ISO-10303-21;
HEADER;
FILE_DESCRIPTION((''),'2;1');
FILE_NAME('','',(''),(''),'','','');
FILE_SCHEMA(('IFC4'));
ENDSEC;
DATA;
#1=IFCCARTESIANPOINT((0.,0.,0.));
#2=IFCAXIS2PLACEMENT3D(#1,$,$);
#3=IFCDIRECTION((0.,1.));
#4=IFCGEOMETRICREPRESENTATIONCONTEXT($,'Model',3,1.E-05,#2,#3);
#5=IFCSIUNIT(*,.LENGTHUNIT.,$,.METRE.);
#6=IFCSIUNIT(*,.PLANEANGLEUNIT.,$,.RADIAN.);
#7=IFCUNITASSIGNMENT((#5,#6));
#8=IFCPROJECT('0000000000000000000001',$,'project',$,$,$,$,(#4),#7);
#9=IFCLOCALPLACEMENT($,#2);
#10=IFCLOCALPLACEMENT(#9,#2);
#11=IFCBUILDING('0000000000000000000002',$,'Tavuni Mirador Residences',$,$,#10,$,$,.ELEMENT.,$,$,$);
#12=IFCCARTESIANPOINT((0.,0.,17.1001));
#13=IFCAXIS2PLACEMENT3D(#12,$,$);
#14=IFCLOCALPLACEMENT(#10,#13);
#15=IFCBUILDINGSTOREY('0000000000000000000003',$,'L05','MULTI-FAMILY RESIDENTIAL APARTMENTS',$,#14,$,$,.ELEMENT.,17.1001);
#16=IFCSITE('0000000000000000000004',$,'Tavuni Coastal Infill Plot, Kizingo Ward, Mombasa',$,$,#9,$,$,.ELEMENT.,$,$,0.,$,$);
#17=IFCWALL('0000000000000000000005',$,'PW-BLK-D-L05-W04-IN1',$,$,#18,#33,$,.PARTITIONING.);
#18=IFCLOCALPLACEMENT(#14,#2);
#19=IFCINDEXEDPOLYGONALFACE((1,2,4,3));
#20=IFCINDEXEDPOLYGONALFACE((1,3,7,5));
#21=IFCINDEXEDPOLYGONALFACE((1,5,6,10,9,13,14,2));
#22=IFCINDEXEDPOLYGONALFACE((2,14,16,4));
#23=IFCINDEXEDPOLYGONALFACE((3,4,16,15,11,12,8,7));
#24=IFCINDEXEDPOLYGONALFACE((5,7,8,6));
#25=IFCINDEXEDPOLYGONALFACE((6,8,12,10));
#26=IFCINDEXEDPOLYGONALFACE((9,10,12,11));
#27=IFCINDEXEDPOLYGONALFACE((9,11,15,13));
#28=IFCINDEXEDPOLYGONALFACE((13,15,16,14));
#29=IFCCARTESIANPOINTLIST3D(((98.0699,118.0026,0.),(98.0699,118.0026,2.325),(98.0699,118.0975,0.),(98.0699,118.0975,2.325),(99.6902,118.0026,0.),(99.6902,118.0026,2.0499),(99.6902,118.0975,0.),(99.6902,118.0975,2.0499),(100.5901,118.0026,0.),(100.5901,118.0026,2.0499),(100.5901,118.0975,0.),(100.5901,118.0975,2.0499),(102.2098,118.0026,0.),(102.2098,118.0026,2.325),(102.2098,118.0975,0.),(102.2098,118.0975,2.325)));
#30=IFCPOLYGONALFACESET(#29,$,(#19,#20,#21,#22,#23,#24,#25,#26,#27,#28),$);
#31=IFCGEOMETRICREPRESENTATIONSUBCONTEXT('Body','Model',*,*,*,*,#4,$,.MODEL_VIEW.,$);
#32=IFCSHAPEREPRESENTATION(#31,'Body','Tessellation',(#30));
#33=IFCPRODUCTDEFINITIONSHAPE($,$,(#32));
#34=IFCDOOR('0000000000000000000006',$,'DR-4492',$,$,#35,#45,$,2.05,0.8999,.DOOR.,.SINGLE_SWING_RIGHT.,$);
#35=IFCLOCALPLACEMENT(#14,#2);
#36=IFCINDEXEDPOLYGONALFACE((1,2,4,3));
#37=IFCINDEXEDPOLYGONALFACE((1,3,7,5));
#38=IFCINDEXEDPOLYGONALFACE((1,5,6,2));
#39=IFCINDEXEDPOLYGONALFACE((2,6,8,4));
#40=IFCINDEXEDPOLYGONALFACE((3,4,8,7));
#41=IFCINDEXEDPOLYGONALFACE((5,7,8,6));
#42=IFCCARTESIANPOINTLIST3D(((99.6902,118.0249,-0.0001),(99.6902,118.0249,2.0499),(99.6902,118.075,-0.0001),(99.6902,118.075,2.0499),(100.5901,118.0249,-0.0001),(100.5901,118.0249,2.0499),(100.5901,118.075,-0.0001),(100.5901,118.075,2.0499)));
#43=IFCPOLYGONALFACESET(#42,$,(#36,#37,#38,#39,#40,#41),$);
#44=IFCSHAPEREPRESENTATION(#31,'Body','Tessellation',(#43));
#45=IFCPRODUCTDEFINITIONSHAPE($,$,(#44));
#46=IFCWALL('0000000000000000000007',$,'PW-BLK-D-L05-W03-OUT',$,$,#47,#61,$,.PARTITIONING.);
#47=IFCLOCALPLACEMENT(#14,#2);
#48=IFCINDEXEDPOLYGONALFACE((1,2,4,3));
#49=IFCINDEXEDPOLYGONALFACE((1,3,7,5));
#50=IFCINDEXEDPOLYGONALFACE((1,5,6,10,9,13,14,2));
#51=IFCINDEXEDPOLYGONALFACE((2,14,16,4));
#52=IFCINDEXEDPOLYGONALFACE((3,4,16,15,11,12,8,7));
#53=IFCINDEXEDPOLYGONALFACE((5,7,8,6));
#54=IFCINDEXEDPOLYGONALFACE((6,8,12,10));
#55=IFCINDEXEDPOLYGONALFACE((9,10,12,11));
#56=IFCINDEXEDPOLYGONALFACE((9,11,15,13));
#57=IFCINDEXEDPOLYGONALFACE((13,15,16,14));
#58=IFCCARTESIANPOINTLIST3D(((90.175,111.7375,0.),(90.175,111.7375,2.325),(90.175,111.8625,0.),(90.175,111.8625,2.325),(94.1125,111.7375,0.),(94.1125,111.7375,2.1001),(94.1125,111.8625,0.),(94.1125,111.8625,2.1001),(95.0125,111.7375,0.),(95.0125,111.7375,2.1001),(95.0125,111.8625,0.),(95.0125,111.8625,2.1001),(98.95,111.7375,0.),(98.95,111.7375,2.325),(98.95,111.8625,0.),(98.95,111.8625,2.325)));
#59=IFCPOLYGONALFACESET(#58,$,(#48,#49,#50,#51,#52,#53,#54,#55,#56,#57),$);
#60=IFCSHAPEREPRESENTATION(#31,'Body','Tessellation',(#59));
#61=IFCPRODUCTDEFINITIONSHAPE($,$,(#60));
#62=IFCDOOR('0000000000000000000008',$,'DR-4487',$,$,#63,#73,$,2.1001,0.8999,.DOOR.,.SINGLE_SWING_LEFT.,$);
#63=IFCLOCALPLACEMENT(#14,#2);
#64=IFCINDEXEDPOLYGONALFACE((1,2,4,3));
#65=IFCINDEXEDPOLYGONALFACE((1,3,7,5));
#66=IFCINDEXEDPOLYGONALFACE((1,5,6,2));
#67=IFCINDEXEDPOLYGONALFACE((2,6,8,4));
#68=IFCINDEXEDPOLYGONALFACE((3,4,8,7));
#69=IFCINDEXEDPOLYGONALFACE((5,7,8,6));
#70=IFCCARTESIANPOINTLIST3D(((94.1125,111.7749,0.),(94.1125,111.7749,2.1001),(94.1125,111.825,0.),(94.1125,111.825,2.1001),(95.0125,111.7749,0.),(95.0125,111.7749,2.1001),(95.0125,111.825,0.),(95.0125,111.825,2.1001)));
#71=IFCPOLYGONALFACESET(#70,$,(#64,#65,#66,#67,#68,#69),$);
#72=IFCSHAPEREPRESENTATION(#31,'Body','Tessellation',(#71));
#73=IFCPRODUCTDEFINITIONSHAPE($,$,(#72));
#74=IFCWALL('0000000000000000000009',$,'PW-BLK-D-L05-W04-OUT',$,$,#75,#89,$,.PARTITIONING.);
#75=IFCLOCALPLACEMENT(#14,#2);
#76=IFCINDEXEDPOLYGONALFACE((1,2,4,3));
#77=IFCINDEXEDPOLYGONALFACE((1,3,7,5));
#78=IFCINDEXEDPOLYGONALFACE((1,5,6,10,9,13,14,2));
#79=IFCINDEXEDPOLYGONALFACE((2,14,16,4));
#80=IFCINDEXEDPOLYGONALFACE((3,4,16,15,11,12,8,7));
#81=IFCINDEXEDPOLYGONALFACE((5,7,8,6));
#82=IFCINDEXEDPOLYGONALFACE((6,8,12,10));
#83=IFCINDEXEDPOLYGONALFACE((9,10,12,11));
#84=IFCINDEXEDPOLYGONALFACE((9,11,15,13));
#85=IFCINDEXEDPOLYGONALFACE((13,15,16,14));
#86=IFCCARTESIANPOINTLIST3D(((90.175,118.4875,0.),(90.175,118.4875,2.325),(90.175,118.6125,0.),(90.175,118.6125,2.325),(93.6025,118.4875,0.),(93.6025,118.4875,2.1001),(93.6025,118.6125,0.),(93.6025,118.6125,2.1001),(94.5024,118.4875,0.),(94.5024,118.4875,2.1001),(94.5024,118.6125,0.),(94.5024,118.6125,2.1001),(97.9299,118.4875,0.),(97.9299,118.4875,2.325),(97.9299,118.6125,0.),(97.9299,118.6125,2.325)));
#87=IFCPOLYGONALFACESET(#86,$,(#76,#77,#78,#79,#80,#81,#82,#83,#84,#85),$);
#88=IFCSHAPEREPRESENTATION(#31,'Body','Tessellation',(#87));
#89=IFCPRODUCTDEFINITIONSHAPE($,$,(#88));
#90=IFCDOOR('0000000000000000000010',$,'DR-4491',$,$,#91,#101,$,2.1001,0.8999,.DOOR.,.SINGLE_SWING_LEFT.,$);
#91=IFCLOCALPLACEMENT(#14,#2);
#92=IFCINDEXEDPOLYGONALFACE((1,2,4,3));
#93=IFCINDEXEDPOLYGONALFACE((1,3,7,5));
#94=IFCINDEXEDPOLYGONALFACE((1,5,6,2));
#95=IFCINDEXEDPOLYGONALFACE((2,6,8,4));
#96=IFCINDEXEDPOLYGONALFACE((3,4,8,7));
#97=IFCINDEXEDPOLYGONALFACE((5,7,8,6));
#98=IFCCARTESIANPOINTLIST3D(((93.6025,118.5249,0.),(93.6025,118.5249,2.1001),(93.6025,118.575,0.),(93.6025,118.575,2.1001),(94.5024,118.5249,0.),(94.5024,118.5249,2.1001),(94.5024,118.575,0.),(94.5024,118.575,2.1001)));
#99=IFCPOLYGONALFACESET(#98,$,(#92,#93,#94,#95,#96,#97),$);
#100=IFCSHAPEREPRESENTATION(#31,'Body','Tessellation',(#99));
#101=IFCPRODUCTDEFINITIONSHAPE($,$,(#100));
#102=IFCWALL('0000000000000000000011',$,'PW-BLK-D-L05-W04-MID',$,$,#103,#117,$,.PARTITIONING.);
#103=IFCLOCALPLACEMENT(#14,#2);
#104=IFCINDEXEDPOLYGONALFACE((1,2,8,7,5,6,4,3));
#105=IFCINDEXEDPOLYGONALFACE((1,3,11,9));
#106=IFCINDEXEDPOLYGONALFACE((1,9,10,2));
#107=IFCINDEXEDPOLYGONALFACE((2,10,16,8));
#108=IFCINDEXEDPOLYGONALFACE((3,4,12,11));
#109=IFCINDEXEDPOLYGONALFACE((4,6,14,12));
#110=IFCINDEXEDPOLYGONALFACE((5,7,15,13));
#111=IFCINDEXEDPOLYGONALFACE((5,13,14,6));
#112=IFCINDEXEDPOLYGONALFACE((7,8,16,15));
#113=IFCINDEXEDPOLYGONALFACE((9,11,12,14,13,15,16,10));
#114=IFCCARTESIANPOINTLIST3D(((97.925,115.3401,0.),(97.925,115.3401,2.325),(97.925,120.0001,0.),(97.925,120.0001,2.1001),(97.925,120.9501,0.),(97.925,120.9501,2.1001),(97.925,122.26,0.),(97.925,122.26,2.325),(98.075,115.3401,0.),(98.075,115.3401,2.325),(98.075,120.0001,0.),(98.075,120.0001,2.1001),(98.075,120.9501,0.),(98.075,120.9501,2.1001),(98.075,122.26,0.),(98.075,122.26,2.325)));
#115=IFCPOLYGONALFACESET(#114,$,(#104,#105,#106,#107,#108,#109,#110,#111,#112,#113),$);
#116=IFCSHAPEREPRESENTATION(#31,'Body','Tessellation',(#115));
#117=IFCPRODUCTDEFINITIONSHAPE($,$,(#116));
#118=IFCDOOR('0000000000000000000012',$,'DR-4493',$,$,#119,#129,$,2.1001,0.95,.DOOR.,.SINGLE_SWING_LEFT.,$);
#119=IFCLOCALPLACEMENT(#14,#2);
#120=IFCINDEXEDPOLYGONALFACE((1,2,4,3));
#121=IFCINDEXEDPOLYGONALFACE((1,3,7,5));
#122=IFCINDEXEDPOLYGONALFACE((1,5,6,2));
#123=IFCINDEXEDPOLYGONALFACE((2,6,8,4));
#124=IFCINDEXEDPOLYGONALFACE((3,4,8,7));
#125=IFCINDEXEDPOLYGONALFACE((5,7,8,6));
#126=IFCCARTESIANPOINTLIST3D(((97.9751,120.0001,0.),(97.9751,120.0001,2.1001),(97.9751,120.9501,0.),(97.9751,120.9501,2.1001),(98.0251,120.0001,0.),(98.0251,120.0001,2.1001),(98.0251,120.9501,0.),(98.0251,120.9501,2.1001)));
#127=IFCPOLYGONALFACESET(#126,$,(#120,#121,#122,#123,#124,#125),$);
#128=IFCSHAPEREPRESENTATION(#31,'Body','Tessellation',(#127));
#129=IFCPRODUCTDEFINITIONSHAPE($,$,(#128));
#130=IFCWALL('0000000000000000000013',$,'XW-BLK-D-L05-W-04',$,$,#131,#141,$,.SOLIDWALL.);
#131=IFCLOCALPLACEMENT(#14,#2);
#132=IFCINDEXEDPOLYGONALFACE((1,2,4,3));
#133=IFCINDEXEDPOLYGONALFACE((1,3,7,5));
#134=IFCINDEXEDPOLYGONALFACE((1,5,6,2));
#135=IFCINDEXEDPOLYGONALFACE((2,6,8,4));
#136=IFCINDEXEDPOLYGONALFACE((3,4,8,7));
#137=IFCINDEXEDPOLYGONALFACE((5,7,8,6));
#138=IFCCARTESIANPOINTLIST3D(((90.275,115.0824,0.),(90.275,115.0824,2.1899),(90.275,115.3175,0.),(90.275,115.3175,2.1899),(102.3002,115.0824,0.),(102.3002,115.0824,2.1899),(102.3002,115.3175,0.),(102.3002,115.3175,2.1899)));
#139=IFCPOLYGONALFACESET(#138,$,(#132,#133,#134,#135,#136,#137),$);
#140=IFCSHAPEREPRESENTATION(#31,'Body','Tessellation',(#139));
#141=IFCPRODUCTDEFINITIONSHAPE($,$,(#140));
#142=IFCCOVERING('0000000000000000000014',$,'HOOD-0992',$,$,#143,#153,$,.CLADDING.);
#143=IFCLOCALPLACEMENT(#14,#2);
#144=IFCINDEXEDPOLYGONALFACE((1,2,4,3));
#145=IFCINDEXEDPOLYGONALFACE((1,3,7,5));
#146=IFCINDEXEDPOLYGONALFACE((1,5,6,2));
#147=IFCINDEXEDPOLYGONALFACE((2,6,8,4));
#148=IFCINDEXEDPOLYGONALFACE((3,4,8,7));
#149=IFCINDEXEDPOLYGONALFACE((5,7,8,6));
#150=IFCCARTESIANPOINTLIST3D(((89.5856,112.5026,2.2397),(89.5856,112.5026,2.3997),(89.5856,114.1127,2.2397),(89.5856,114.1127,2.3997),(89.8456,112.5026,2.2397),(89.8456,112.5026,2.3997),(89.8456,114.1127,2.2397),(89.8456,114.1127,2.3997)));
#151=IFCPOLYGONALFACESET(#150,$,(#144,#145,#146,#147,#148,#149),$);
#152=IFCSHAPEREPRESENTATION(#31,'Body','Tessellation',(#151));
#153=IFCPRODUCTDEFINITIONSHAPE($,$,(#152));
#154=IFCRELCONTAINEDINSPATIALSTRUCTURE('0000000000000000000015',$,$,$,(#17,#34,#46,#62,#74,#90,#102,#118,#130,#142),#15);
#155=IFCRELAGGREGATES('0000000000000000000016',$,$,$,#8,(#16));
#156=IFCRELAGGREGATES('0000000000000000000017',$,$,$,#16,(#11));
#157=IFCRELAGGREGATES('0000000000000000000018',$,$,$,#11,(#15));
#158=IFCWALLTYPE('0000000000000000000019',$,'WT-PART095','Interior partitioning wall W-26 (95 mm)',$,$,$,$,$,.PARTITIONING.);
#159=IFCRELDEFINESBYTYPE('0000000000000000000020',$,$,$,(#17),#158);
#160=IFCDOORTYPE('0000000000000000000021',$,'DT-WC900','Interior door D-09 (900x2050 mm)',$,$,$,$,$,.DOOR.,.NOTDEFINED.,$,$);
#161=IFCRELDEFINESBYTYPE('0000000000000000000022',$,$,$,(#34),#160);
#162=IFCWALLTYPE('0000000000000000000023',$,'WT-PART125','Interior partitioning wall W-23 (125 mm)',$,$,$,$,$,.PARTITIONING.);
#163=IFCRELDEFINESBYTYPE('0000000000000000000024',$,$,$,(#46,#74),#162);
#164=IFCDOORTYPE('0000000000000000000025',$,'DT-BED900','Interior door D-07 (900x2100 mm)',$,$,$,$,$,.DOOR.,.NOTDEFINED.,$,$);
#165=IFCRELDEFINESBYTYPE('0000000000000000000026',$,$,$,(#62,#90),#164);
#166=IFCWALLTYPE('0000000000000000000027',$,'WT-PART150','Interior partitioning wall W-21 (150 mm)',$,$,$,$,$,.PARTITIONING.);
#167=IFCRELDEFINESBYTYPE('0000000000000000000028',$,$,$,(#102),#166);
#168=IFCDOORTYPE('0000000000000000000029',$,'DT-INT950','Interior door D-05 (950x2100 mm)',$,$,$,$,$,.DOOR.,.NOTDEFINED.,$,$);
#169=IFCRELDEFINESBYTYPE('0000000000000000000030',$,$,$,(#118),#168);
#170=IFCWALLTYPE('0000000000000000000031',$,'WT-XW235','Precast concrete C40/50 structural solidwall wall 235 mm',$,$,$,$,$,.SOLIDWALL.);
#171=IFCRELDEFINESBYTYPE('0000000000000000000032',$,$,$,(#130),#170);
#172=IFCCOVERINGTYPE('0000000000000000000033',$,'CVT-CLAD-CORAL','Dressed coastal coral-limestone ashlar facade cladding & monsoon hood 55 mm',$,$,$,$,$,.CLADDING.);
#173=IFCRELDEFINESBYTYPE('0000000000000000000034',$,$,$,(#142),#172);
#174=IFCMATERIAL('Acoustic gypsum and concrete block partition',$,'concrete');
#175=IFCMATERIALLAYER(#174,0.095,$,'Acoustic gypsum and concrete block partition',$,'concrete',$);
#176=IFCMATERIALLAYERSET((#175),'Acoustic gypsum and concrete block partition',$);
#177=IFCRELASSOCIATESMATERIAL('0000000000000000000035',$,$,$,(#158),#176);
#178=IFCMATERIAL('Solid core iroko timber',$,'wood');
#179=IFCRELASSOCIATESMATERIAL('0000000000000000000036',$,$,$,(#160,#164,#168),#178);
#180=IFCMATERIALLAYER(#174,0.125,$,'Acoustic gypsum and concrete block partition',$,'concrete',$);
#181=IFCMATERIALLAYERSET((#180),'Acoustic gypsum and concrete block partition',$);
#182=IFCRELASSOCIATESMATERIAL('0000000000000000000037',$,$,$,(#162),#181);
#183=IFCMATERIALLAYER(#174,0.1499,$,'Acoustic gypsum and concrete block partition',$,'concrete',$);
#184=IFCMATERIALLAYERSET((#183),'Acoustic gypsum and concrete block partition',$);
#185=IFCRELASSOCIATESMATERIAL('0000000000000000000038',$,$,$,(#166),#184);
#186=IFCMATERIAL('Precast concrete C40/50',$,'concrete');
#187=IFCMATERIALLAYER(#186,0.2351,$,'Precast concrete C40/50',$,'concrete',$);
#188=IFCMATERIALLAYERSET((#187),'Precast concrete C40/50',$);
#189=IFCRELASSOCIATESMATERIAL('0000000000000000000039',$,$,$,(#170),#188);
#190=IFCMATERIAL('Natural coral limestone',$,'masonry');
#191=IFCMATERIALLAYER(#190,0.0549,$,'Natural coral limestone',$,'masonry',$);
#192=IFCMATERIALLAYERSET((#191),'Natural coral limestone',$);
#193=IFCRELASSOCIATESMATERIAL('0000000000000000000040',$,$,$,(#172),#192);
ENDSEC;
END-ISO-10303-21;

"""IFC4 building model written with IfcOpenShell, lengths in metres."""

from ifc_helpers import new_model, si_unit, direction, frame, frame_2d, origin, origin_2d, place, context, subcontext, project, spatial, rectangle, extrude, material, layer, layer_set, type_object, element, fill, save


model = new_model("IFC4")

# Units and contexts
model_context = context("Model", 3, precision=1e-05, world=origin(), true_north=direction((0.0, 1.0)))
body_context = subcontext(model_context, "Body", "Model", "MODEL_VIEW")
ifc_project = project(units=[si_unit("LENGTHUNIT", "METRE"), si_unit("PLANEANGLEUNIT", "RADIAN")], contexts=[model_context])

# Site, building, storey
site_placement = place(None, origin())
site = spatial("IfcSite", under=ifc_project, at=site_placement, Name="Tavuni Coastal Infill Plot, Kizingo Ward, Mombasa", CompositionType="ELEMENT", RefElevation=0.0)
building_placement = place(site_placement, origin())
building = spatial("IfcBuilding", under=site, at=building_placement, Name="Tavuni Mirador Residences", CompositionType="ELEMENT")
storey_placement = place(building_placement, frame((0.0, 0.0, 17.1001)))
storey = spatial("IfcBuildingStorey", under=building, at=storey_placement, Name="L05", Description="MULTI-FAMILY RESIDENTIAL APARTMENTS", CompositionType="ELEMENT", Elevation=17.1001)

# Shared definitions
ifc_material_1 = material(Name="Precast concrete C40/50", Category="concrete")

# Shared definitions
ifc_material_2 = material(Name="Solid core iroko timber", Category="wood")

# Walls, openings, doors
ifc_material_3 = material(Name="Acoustic gypsum and concrete block partition", Category="concrete")
ifc_layer_1 = layer(ifc_material_3, 0.095, Name="Acoustic gypsum and concrete block partition", Category="concrete")
ifc_layer_set_1 = layer_set([ifc_layer_1], Name="Acoustic gypsum and concrete block partition")
wall_type_1 = type_object("IfcWallType", Name="WT-PART095", Description="Interior partitioning wall W-26 (95 mm)", PredefinedType="PARTITIONING", material=ifc_layer_set_1)
door_type_1 = type_object("IfcDoorType", Name="DT-WC900", Description="Interior door D-09 (900x2050 mm)", OperationType="NOTDEFINED", PredefinedType="DOOR", material=ifc_material_2)
wall_1_placement = place(storey_placement, frame((98.0701, 118.05, 0.0), z_axis=(0.0, 0.0, 1.0), x_axis=(1.0, 0.0, 0.0)))
wall_1 = element("IfcWall", 1, at=wall_1_placement, inside=storey, type_object=wall_type_1, Name="PW-BLK-D-L05-W04-IN1", PredefinedType="PARTITIONING", context=body_context, shape_type="SweptSolid", body=[
    extrude(rectangle(XDim=4.1399, YDim=0.095, at=frame_2d((2.0698, 0.0))), origin(), (0.0, 0.0, 1.0), 2.325),
])
opening_1_placement = place(wall_1_placement, frame((1.6201, 0.0, 0.0)))
opening_1 = element("IfcOpeningElement", 2, at=opening_1_placement, cuts=wall_1, PredefinedType="OPENING", context=body_context, shape_type="SweptSolid", body=[
    extrude(rectangle(XDim=0.8999, YDim=2.05, at=frame_2d((0.45, 1.0249))), frame((0.0, 0.0576, 0.0), z_axis=(0.0, -1.0, 0.0), x_axis=(1.0, 0.0, 0.0)), (0.0, 0.0, 1.0), 0.115),
])
door_1_placement = place(opening_1_placement, origin())
door_1 = element("IfcDoor", 3, at=door_1_placement, inside=storey, type_object=door_type_1, Name="DR-4492", OperationType="SINGLE_SWING_RIGHT", OverallHeight=2.05, OverallWidth=0.8999, PredefinedType="DOOR", context=body_context, shape_type="SweptSolid", body=[
    extrude(rectangle(XDim=0.8999, YDim=2.05, at=frame_2d((0.45, 1.0249))), frame((0.0, 0.0249, 0.0), z_axis=(0.0, -1.0, 0.0), x_axis=(1.0, 0.0, 0.0)), (0.0, 0.0, 1.0), 0.05),
])
fill(opening_1, door_1)
ifc_layer_2 = layer(ifc_material_3, 0.125, Name="Acoustic gypsum and concrete block partition", Category="concrete")
ifc_layer_set_2 = layer_set([ifc_layer_2], Name="Acoustic gypsum and concrete block partition")
wall_type_2 = type_object("IfcWallType", Name="WT-PART125", Description="Interior partitioning wall W-23 (125 mm)", PredefinedType="PARTITIONING", material=ifc_layer_set_2)
wall_2_placement = place(storey_placement, frame((90.175, 111.8, 0.0), z_axis=(0.0, 0.0, 1.0), x_axis=(1.0, 0.0, 0.0)))
wall_2 = element("IfcWall", 4, at=wall_2_placement, inside=storey, type_object=wall_type_2, Name="PW-BLK-D-L05-W03-OUT", PredefinedType="PARTITIONING", context=body_context, shape_type="SweptSolid", body=[
    extrude(rectangle(XDim=8.7749, YDim=0.125, at=frame_2d((4.3875, 0.0))), origin(), (0.0, 0.0, 1.0), 2.325),
])
opening_2_placement = place(wall_2_placement, frame((3.9375, 0.0, 0.0)))
opening_2 = element("IfcOpeningElement", 5, at=opening_2_placement, cuts=wall_2, PredefinedType="OPENING", context=body_context, shape_type="SweptSolid", body=[
    extrude(rectangle(XDim=0.8999, YDim=2.1001, at=frame_2d((0.45, 1.05))), frame((0.0, 0.0725, 0.0), z_axis=(0.0, -1.0, 0.0), x_axis=(1.0, 0.0, 0.0)), (0.0, 0.0, 1.0), 0.145),
])
door_type_2 = type_object("IfcDoorType", Name="DT-BED900", Description="Interior door D-07 (900x2100 mm)", OperationType="NOTDEFINED", PredefinedType="DOOR", material=ifc_material_2)
door_2_placement = place(opening_2_placement, origin())
door_2 = element("IfcDoor", 6, at=door_2_placement, inside=storey, type_object=door_type_2, Name="DR-4487", OperationType="SINGLE_SWING_LEFT", OverallHeight=2.1001, OverallWidth=0.8999, PredefinedType="DOOR", context=body_context, shape_type="SweptSolid", body=[
    extrude(rectangle(XDim=0.8999, YDim=2.1001, at=frame_2d((0.45, 1.05))), frame((0.0, 0.0249, 0.0), z_axis=(0.0, -1.0, 0.0), x_axis=(1.0, 0.0, 0.0)), (0.0, 0.0, 1.0), 0.05),
])
fill(opening_2, door_2)
wall_3_placement = place(storey_placement, frame((90.175, 118.55, 0.0), z_axis=(0.0, 0.0, 1.0), x_axis=(1.0, 0.0, 0.0)))
wall_3 = element("IfcWall", 7, at=wall_3_placement, inside=storey, type_object=wall_type_2, Name="PW-BLK-D-L05-W04-OUT", PredefinedType="PARTITIONING", context=body_context, shape_type="SweptSolid", body=[
    extrude(rectangle(XDim=7.7549, YDim=0.125, at=frame_2d((3.8774, 0.0))), origin(), (0.0, 0.0, 1.0), 2.325),
])
opening_3_placement = place(wall_3_placement, frame((3.4275, 0.0, 0.0)))
opening_3 = element("IfcOpeningElement", 8, at=opening_3_placement, cuts=wall_3, PredefinedType="OPENING", context=body_context, shape_type="SweptSolid", body=[
    extrude(rectangle(XDim=0.8999, YDim=2.1001, at=frame_2d((0.45, 1.05))), frame((0.0, 0.0725, 0.0), z_axis=(0.0, -1.0, 0.0), x_axis=(1.0, 0.0, 0.0)), (0.0, 0.0, 1.0), 0.145),
])
door_3_placement = place(opening_3_placement, origin())
door_3 = element("IfcDoor", 9, at=door_3_placement, inside=storey, type_object=door_type_2, Name="DR-4491", OperationType="SINGLE_SWING_LEFT", OverallHeight=2.1001, OverallWidth=0.8999, PredefinedType="DOOR", context=body_context, shape_type="SweptSolid", body=[
    extrude(rectangle(XDim=0.8999, YDim=2.1001, at=frame_2d((0.45, 1.05))), frame((0.0, 0.0249, 0.0), z_axis=(0.0, -1.0, 0.0), x_axis=(1.0, 0.0, 0.0)), (0.0, 0.0, 1.0), 0.05),
])
fill(opening_3, door_3)
ifc_layer_3 = layer(ifc_material_3, 0.1499, Name="Acoustic gypsum and concrete block partition", Category="concrete")
ifc_layer_set_3 = layer_set([ifc_layer_3], Name="Acoustic gypsum and concrete block partition")
wall_type_3 = type_object("IfcWallType", Name="WT-PART150", Description="Interior partitioning wall W-21 (150 mm)", PredefinedType="PARTITIONING", material=ifc_layer_set_3)
wall_4_placement = place(storey_placement, frame((98.0, 115.3401, 0.0), z_axis=(0.0, 0.0, 1.0), x_axis=(0.0, 1.0, 0.0)))
wall_4 = element("IfcWall", 10, at=wall_4_placement, inside=storey, type_object=wall_type_3, Name="PW-BLK-D-L05-W04-MID", PredefinedType="PARTITIONING", context=body_context, shape_type="SweptSolid", body=[
    extrude(rectangle(XDim=6.9199, YDim=0.1499, at=frame_2d((3.46, 0.0))), origin(), (0.0, 0.0, 1.0), 2.325),
])
opening_4_placement = place(wall_4_placement, frame((4.6599, 0.0, 0.0)))
opening_4 = element("IfcOpeningElement", 11, at=opening_4_placement, cuts=wall_4, PredefinedType="OPENING", context=body_context, shape_type="SweptSolid", body=[
    extrude(rectangle(XDim=0.95, YDim=2.1001, at=frame_2d((0.4751, 1.05))), frame((0.0, 0.085, 0.0), z_axis=(0.0, -1.0, 0.0), x_axis=(1.0, 0.0, 0.0)), (0.0, 0.0, 1.0), 0.1699),
])
door_type_3 = type_object("IfcDoorType", Name="DT-INT950", Description="Interior door D-05 (950x2100 mm)", OperationType="NOTDEFINED", PredefinedType="DOOR", material=ifc_material_2)
door_4_placement = place(opening_4_placement, origin())
door_4 = element("IfcDoor", 12, at=door_4_placement, inside=storey, type_object=door_type_3, Name="DR-4493", OperationType="SINGLE_SWING_LEFT", OverallHeight=2.1001, OverallWidth=0.95, PredefinedType="DOOR", context=body_context, shape_type="SweptSolid", body=[
    extrude(rectangle(XDim=0.95, YDim=2.1001, at=frame_2d((0.4751, 1.05))), frame((0.0, 0.0249, 0.0), z_axis=(0.0, -1.0, 0.0), x_axis=(1.0, 0.0, 0.0)), (0.0, 0.0, 1.0), 0.05),
])
fill(opening_4, door_4)

# Wall
ifc_layer_4 = layer(ifc_material_1, 0.2351, Name="Precast concrete C40/50", Category="concrete")
ifc_layer_set_4 = layer_set([ifc_layer_4], Name="Precast concrete C40/50")
wall_type_4 = type_object("IfcWallType", Name="WT-XW235", Description="Precast concrete C40/50 structural solidwall wall 235 mm", PredefinedType="SOLIDWALL", material=ifc_layer_set_4)
wall_5_placement = place(storey_placement, frame((90.2749, 115.2, 0.0), z_axis=(0.0, 0.0, 1.0), x_axis=(1.0, 0.0, 0.0)))
element("IfcWall", 13, at=wall_5_placement, inside=storey, type_object=wall_type_4, Name="XW-BLK-D-L05-W-04", PredefinedType="SOLIDWALL", context=body_context, shape_type="SweptSolid", body=[
    extrude(rectangle(XDim=12.0251, YDim=0.2351, at=frame_2d((6.0127, 0.0))), origin(), (0.0, 0.0, 1.0), 2.1899),
])

# Covering
ifc_material_4 = material(Name="Natural coral limestone", Category="masonry")
ifc_layer_5 = layer(ifc_material_4, 0.0549, Name="Natural coral limestone", Category="masonry")
ifc_layer_set_5 = layer_set([ifc_layer_5], Name="Natural coral limestone")
covering_type = type_object("IfcCoveringType", Name="CVT-CLAD-CORAL", Description="Dressed coastal coral-limestone ashlar facade cladding & monsoon hood 55 mm", PredefinedType="CLADDING", material=ifc_layer_set_5)
covering_placement = place(storey_placement, frame((89.7156, 113.3076, 2.2397), z_axis=(0.0, 0.0, 1.0), x_axis=(0.0, -1.0, 0.0)))
element("IfcCovering", 14, at=covering_placement, inside=storey, type_object=covering_type, Name="HOOD-0992", PredefinedType="CLADDING", context=body_context, shape_type="SweptSolid", body=[
    extrude(rectangle(XDim=1.6101, YDim=0.26, at=origin_2d()), origin(), (0.0, 0.0, 1.0), 0.1599),
])

save(model, "model.ifc")
